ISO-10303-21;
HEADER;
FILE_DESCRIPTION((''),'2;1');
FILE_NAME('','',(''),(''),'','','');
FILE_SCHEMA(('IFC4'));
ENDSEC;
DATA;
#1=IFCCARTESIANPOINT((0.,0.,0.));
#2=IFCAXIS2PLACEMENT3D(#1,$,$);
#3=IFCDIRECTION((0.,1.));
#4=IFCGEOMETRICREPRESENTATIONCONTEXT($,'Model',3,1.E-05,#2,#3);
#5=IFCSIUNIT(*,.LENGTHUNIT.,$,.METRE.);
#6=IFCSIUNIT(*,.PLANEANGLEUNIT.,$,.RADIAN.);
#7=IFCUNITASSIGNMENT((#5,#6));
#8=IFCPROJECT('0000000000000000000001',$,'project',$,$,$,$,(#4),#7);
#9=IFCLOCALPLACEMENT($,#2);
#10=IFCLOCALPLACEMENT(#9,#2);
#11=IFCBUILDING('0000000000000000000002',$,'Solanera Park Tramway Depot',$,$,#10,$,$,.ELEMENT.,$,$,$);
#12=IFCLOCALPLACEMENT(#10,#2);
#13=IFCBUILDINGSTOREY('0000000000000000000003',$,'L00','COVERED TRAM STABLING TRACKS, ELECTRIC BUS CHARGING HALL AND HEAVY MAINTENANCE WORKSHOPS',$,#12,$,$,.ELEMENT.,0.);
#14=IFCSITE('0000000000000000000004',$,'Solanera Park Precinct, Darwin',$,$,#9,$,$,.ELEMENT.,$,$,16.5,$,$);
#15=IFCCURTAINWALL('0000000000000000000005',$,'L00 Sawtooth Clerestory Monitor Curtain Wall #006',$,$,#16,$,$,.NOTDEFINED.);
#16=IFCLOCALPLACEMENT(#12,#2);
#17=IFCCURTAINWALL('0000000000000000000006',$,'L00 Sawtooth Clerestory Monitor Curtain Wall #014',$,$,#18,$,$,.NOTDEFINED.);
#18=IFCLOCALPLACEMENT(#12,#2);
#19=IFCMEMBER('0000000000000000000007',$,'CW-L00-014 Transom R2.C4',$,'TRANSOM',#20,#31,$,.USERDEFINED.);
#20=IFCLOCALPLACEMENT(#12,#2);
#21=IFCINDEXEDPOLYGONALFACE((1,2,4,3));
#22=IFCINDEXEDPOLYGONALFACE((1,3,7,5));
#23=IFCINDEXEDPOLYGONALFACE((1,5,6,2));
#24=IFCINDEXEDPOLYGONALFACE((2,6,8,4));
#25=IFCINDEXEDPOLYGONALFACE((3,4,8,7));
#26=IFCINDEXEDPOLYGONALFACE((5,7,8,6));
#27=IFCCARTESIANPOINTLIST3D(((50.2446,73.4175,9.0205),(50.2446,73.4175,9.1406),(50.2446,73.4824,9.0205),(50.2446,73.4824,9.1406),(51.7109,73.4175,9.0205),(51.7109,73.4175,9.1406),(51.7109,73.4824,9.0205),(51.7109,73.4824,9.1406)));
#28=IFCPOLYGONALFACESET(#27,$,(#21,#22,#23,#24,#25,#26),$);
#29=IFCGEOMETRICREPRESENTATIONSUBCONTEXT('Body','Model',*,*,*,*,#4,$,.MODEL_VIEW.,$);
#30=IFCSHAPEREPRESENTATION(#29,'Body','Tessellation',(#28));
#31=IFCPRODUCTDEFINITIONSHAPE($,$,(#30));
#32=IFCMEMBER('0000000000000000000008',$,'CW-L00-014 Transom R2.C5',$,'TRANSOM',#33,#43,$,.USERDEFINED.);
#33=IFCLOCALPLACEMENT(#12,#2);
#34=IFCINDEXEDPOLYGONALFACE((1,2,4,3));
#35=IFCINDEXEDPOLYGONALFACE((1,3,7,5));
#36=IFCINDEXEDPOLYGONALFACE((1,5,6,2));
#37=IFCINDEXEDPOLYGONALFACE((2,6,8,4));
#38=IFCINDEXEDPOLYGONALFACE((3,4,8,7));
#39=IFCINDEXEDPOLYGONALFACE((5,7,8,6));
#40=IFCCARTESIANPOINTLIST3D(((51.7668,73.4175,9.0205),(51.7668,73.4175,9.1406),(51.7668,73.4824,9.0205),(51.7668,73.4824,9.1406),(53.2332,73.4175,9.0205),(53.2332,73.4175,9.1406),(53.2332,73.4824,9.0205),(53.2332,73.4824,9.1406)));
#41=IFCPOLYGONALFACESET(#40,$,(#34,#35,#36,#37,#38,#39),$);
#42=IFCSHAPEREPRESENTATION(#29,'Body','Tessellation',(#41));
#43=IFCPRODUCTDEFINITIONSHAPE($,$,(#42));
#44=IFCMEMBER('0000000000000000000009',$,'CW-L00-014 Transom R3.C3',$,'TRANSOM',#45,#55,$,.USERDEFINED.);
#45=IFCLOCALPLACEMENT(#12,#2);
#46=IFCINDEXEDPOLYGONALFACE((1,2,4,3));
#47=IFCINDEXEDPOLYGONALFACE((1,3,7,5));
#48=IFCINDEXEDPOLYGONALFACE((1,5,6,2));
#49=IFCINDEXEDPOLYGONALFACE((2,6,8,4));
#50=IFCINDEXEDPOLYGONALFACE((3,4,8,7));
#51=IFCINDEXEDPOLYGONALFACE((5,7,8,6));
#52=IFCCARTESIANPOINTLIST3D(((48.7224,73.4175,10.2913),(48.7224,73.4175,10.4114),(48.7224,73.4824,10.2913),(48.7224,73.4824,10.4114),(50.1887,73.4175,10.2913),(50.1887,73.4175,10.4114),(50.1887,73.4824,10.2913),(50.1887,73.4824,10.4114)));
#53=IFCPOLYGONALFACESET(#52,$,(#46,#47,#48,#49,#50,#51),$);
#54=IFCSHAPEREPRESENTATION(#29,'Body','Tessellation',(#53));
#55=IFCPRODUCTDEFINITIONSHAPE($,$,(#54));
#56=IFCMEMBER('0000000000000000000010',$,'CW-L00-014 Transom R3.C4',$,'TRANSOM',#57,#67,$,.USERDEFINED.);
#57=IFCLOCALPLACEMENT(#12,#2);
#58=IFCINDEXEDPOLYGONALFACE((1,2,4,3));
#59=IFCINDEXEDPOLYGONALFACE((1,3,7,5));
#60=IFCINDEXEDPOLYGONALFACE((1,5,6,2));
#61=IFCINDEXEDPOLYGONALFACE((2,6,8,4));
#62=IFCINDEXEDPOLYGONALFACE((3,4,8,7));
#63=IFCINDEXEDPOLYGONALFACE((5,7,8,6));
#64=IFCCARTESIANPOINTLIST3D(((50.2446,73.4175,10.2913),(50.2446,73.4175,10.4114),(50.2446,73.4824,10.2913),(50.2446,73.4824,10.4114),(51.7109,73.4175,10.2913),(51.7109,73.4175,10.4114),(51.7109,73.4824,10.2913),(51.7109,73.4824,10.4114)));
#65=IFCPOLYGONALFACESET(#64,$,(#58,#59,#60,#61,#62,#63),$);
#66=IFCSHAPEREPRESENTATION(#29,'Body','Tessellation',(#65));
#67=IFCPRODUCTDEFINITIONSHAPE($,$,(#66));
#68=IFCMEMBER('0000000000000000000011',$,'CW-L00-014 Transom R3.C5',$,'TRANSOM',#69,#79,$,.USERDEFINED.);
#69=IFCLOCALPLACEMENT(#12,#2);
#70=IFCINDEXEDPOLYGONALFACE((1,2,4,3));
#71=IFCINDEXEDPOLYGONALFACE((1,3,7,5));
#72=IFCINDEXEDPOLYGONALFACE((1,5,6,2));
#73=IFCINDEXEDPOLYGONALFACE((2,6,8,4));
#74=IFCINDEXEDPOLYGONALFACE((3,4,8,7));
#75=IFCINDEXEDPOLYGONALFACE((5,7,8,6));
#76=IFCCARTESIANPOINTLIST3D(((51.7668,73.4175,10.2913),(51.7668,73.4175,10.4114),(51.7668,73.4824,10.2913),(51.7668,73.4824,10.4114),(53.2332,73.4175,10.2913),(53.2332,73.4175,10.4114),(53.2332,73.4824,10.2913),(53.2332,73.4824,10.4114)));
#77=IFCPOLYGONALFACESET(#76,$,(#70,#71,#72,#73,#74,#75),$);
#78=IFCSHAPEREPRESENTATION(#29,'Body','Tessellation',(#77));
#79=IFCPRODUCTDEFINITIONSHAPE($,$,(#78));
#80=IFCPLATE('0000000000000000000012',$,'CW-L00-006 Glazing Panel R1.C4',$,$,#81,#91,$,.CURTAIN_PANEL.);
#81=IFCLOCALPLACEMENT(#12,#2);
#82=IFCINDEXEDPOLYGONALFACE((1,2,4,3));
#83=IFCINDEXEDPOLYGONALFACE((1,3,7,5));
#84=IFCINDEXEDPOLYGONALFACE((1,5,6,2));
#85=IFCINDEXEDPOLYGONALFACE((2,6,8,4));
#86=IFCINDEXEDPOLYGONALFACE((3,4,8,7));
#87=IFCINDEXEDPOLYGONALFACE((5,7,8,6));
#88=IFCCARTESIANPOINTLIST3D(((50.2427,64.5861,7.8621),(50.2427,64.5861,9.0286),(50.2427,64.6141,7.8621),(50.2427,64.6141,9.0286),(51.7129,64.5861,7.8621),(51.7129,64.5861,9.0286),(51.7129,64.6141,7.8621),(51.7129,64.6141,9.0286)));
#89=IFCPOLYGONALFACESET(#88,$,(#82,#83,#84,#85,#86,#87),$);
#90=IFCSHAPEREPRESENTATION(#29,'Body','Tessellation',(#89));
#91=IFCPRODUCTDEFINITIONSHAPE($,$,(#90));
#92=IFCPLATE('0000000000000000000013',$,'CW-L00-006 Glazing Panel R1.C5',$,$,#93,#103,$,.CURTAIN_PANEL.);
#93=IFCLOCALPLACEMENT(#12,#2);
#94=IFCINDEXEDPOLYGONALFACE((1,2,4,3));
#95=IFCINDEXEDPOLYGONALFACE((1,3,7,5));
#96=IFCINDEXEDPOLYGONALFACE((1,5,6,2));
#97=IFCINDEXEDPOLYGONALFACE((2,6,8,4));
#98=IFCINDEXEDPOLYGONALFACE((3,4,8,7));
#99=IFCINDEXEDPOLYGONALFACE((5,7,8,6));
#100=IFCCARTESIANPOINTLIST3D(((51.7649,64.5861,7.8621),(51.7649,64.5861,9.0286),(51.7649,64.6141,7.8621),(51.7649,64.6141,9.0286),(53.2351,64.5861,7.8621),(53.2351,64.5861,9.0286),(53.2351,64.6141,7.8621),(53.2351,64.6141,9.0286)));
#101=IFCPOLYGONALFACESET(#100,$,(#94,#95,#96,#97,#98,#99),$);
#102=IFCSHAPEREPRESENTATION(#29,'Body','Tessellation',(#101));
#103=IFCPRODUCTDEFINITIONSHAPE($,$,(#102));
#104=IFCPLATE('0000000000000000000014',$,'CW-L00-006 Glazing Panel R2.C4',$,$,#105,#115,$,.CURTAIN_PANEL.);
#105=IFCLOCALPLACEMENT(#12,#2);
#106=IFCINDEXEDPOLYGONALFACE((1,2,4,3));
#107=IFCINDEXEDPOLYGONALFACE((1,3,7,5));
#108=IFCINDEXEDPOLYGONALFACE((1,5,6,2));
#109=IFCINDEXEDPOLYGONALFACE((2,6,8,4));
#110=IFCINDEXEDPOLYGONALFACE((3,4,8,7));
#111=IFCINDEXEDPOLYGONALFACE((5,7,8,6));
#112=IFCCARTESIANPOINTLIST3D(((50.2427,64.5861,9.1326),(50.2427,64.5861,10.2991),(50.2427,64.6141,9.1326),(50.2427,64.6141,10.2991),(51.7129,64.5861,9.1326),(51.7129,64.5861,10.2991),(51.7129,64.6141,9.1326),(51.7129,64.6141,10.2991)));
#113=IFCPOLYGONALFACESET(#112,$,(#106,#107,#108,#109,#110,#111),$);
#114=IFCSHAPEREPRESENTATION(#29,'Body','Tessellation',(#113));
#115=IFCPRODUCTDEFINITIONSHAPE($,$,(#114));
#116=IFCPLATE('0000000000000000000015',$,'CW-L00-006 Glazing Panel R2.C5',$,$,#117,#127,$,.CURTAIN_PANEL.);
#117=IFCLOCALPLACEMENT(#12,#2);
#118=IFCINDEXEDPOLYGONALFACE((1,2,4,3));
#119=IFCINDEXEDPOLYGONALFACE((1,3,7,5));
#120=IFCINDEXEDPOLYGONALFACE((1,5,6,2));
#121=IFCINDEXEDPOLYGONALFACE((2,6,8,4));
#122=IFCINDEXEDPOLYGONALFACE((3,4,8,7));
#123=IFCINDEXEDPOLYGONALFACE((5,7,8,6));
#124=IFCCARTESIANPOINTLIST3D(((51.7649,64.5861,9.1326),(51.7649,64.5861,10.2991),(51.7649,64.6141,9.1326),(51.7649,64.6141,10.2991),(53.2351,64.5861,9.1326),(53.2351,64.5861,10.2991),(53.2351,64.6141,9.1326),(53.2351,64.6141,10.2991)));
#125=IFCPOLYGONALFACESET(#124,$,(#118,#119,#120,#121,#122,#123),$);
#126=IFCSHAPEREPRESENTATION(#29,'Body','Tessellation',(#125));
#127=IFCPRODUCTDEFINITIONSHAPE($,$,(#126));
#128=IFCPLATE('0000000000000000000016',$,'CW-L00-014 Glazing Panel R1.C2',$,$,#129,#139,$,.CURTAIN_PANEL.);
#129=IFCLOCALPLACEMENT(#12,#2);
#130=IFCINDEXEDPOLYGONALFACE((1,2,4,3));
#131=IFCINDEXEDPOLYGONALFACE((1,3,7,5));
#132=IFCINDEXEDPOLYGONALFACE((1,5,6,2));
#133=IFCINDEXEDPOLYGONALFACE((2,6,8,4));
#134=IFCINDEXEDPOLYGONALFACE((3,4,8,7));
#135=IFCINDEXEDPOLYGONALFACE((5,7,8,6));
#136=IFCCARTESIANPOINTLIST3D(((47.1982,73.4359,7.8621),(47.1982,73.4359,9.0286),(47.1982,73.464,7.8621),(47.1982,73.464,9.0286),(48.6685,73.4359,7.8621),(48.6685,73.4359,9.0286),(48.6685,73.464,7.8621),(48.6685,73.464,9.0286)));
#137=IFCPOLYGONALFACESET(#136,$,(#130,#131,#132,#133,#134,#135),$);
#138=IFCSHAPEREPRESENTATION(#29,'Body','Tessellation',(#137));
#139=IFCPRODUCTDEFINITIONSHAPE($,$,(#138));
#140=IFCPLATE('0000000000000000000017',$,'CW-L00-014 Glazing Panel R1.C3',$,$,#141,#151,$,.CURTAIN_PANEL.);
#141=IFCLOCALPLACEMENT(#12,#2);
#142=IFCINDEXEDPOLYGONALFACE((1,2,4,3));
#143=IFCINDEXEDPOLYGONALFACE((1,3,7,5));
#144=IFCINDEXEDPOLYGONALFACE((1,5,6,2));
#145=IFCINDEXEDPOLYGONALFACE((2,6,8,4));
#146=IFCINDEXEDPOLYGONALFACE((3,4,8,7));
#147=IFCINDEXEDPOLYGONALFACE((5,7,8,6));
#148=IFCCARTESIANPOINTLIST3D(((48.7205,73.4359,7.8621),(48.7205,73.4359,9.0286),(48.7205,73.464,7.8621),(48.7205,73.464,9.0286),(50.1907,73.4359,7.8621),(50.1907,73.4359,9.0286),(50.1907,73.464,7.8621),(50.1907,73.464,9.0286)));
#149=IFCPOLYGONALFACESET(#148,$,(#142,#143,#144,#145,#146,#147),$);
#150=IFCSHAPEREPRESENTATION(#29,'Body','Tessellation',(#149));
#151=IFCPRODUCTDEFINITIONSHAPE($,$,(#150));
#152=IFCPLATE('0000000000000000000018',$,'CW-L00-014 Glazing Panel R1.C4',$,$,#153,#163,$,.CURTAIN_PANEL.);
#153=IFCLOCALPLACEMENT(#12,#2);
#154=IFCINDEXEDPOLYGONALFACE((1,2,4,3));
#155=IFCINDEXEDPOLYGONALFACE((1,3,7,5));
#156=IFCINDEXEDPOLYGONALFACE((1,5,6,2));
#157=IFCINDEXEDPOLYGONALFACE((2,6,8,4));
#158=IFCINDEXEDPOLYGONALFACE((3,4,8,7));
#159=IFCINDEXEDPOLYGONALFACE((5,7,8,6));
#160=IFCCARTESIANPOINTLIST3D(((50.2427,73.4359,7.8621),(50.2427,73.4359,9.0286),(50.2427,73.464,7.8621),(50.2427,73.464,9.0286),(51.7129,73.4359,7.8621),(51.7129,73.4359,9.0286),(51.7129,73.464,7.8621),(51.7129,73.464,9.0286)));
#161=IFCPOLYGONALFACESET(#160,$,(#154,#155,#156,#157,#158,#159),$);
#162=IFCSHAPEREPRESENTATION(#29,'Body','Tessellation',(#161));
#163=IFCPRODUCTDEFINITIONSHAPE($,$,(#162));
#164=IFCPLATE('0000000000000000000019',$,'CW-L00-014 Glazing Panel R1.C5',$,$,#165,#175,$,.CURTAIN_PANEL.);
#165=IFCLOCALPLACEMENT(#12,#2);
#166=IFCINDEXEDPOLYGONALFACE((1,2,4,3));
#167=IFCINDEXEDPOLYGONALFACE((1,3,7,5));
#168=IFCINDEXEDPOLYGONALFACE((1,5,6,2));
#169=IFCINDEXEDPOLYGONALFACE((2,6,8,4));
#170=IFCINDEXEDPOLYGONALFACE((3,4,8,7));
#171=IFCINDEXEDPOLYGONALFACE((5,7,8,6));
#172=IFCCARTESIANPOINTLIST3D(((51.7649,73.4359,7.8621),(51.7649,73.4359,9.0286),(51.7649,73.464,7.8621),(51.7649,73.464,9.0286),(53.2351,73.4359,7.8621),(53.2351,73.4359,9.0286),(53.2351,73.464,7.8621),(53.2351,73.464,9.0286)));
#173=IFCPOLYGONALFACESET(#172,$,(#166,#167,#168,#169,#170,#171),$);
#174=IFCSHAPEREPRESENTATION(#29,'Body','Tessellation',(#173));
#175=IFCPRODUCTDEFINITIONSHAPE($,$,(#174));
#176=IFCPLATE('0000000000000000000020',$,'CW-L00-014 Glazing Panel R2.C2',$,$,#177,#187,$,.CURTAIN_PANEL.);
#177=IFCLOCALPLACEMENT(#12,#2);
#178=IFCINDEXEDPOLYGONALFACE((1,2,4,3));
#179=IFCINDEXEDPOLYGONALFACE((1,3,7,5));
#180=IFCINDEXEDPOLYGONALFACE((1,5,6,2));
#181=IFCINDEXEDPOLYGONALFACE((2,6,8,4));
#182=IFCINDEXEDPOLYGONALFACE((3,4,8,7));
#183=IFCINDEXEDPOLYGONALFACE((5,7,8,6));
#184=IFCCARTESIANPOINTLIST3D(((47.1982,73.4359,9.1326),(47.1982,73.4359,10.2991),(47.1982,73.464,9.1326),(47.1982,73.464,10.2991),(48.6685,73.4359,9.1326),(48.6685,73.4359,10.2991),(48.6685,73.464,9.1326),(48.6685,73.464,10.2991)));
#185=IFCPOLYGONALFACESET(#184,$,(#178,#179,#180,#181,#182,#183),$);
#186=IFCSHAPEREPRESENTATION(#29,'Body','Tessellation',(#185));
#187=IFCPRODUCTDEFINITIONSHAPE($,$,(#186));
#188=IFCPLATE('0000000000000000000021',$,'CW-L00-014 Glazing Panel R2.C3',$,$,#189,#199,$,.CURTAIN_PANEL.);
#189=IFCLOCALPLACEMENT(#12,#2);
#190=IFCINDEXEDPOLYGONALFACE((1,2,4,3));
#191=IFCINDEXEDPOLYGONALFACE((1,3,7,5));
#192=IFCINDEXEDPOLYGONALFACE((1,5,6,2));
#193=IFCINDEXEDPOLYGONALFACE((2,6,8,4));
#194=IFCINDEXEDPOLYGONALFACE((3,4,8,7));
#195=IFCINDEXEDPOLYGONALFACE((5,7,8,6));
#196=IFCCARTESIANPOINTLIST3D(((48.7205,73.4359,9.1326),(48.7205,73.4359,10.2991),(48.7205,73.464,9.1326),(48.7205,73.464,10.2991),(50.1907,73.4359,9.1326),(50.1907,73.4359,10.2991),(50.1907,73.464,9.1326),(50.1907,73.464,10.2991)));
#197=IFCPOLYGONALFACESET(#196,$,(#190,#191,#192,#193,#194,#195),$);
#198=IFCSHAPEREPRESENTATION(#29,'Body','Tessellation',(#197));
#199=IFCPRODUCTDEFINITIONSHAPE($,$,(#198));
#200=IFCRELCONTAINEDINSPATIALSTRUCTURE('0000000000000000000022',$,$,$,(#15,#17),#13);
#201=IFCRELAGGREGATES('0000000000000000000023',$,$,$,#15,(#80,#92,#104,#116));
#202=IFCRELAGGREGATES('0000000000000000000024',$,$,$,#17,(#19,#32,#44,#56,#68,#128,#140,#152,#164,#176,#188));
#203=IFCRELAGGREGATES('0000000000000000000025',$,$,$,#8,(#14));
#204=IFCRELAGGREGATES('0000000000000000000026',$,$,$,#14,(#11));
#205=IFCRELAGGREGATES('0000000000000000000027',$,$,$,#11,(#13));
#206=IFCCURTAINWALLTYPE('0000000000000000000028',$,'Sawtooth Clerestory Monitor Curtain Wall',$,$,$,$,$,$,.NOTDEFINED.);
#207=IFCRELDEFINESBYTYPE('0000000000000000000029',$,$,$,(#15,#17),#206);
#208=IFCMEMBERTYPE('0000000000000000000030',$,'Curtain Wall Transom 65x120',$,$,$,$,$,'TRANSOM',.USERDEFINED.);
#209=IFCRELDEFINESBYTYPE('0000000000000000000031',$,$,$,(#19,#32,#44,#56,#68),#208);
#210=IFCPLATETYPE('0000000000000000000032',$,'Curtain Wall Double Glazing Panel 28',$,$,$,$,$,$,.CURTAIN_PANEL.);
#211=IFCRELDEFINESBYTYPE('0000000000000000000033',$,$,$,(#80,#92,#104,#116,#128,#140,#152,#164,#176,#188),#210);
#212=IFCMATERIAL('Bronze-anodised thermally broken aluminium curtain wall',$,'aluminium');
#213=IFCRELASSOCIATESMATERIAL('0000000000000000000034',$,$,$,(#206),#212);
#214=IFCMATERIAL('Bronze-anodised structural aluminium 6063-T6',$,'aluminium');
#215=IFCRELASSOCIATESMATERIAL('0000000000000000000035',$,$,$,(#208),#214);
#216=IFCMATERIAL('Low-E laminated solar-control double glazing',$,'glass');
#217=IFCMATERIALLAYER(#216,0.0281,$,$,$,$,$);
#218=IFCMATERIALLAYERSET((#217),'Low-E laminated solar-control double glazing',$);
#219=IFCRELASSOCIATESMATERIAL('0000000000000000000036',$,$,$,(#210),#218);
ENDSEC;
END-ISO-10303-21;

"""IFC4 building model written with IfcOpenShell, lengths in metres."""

from ifc_helpers import new_model, si_unit, direction, frame, origin, origin_2d, place, context, subcontext, project, spatial, rectangle, extrude, material, layer, layer_set, material_profile, profile_set, type_object, element, aggregate, save


model = new_model("IFC4")

# Units and contexts
model_context = context("Model", 3, precision=1e-05, world=origin(), true_north=direction((0.0, 1.0)))
body_context = subcontext(model_context, "Body", "Model", "MODEL_VIEW")
ifc_project = project(units=[si_unit("LENGTHUNIT", "METRE"), si_unit("PLANEANGLEUNIT", "RADIAN")], contexts=[model_context])

# Site, building, storey
site_placement = place(None, origin())
site = spatial("IfcSite", under=ifc_project, at=site_placement, Name="Solanera Park Precinct, Darwin", CompositionType="ELEMENT", RefElevation=16.5)
building_placement = place(site_placement, origin())
building = spatial("IfcBuilding", under=site, at=building_placement, Name="Solanera Park Tramway Depot", CompositionType="ELEMENT")
storey_placement = place(building_placement, origin())
storey = spatial("IfcBuildingStorey", under=building, at=storey_placement, Name="L00", Description="COVERED TRAM STABLING TRACKS, ELECTRIC BUS CHARGING HALL AND HEAVY MAINTENANCE WORKSHOPS", CompositionType="ELEMENT", Elevation=0.0)

# Curtain walls
ifc_material_1 = material(Name="Bronze-anodised thermally broken aluminium curtain wall", Category="aluminium")
curtain_wall_type = type_object("IfcCurtainWallType", Name="Sawtooth Clerestory Monitor Curtain Wall", PredefinedType="NOTDEFINED", material=ifc_material_1)
curtain_wall_1_placement = place(storey_placement, origin())
curtain_wall_1 = element("IfcCurtainWall", 1, at=curtain_wall_1_placement, inside=storey, type_object=curtain_wall_type, Name="L00 Sawtooth Clerestory Monitor Curtain Wall #006", PredefinedType="NOTDEFINED")
curtain_wall_2_placement = place(storey_placement, origin())
curtain_wall_2 = element("IfcCurtainWall", 2, at=curtain_wall_2_placement, inside=storey, type_object=curtain_wall_type, Name="L00 Sawtooth Clerestory Monitor Curtain Wall #014", PredefinedType="NOTDEFINED")

# Members
ifc_material_2 = material(Name="Bronze-anodised structural aluminium 6063-T6", Category="aluminium")
ifc_material_profile_1 = material_profile(ifc_material_2, rectangle(XDim=0.0649, YDim=0.1201, at=origin_2d()), Name="Curtain Wall Transom 65x120")
ifc_profile_set_1 = profile_set([ifc_material_profile_1], Name="Bronze-anodised structural aluminium 6063-T6")
member_type_1 = type_object("IfcMemberType", Name="Curtain Wall Transom 65x120", ElementType="TRANSOM", PredefinedType="USERDEFINED", material=ifc_profile_set_1)
member_1_placement = place(storey_placement, frame((50.2446, 73.45, 9.0806), z_axis=(1.0, 0.0, 0.0), x_axis=(0.0, 1.0, 0.0)))
member_1 = element("IfcMember", 3, at=member_1_placement, type_object=member_type_1, Name="CW-L00-014 Transom R2.C4", ObjectType="TRANSOM", PredefinedType="USERDEFINED", context=body_context, shape_type="SweptSolid", body=[
    extrude(rectangle(XDim=0.0649, YDim=0.1201, at=origin_2d()), origin(), (0.0, 0.0, 1.0), 1.4663),
])
member_2_placement = place(storey_placement, frame((51.7668, 73.45, 9.0806), z_axis=(1.0, 0.0, 0.0), x_axis=(0.0, 1.0, 0.0)))
member_2 = element("IfcMember", 4, at=member_2_placement, type_object=member_type_1, Name="CW-L00-014 Transom R2.C5", ObjectType="TRANSOM", PredefinedType="USERDEFINED", context=body_context, shape_type="SweptSolid", body=[
    extrude(rectangle(XDim=0.0649, YDim=0.1201, at=origin_2d()), origin(), (0.0, 0.0, 1.0), 1.4663),
])
member_3_placement = place(storey_placement, frame((48.7224, 73.45, 10.3513), z_axis=(1.0, 0.0, 0.0), x_axis=(0.0, 1.0, 0.0)))
member_3 = element("IfcMember", 5, at=member_3_placement, type_object=member_type_1, Name="CW-L00-014 Transom R3.C3", ObjectType="TRANSOM", PredefinedType="USERDEFINED", context=body_context, shape_type="SweptSolid", body=[
    extrude(rectangle(XDim=0.0649, YDim=0.1201, at=origin_2d()), origin(), (0.0, 0.0, 1.0), 1.4663),
])
member_4_placement = place(storey_placement, frame((50.2446, 73.45, 10.3513), z_axis=(1.0, 0.0, 0.0), x_axis=(0.0, 1.0, 0.0)))
member_4 = element("IfcMember", 6, at=member_4_placement, type_object=member_type_1, Name="CW-L00-014 Transom R3.C4", ObjectType="TRANSOM", PredefinedType="USERDEFINED", context=body_context, shape_type="SweptSolid", body=[
    extrude(rectangle(XDim=0.0649, YDim=0.1201, at=origin_2d()), origin(), (0.0, 0.0, 1.0), 1.4663),
])
member_5_placement = place(storey_placement, frame((51.7668, 73.45, 10.3513), z_axis=(1.0, 0.0, 0.0), x_axis=(0.0, 1.0, 0.0)))
member_5 = element("IfcMember", 7, at=member_5_placement, type_object=member_type_1, Name="CW-L00-014 Transom R3.C5", ObjectType="TRANSOM", PredefinedType="USERDEFINED", context=body_context, shape_type="SweptSolid", body=[
    extrude(rectangle(XDim=0.0649, YDim=0.1201, at=origin_2d()), origin(), (0.0, 0.0, 1.0), 1.4663),
])

# Plates
ifc_material_3 = material(Name="Low-E laminated solar-control double glazing", Category="glass")
ifc_layer = layer(ifc_material_3, 0.0281)
ifc_layer_set = layer_set([ifc_layer], Name="Low-E laminated solar-control double glazing")
plate_type = type_object("IfcPlateType", Name="Curtain Wall Double Glazing Panel 28", PredefinedType="CURTAIN_PANEL", material=ifc_layer_set)
plate_1_placement = place(storey_placement, frame((50.9778, 64.6001, 7.8621), z_axis=(0.0, 0.0, 1.0), x_axis=(1.0, 0.0, 0.0)))
plate_1 = element("IfcPlate", 8, at=plate_1_placement, type_object=plate_type, Name="CW-L00-006 Glazing Panel R1.C4", PredefinedType="CURTAIN_PANEL", context=body_context, shape_type="SweptSolid", body=[
    extrude(rectangle(XDim=1.4702, YDim=0.0281, at=origin_2d()), origin(), (0.0, 0.0, 1.0), 1.1665),
])
plate_2_placement = place(storey_placement, frame((52.5, 64.6001, 7.8621), z_axis=(0.0, 0.0, 1.0), x_axis=(1.0, 0.0, 0.0)))
plate_2 = element("IfcPlate", 9, at=plate_2_placement, type_object=plate_type, Name="CW-L00-006 Glazing Panel R1.C5", PredefinedType="CURTAIN_PANEL", context=body_context, shape_type="SweptSolid", body=[
    extrude(rectangle(XDim=1.4702, YDim=0.0281, at=origin_2d()), origin(), (0.0, 0.0, 1.0), 1.1665),
])
plate_3_placement = place(storey_placement, frame((50.9778, 64.6001, 9.1326), z_axis=(0.0, 0.0, 1.0), x_axis=(1.0, 0.0, 0.0)))
plate_3 = element("IfcPlate", 10, at=plate_3_placement, type_object=plate_type, Name="CW-L00-006 Glazing Panel R2.C4", PredefinedType="CURTAIN_PANEL", context=body_context, shape_type="SweptSolid", body=[
    extrude(rectangle(XDim=1.4702, YDim=0.0281, at=origin_2d()), origin(), (0.0, 0.0, 1.0), 1.1665),
])
plate_4_placement = place(storey_placement, frame((52.5, 64.6001, 9.1326), z_axis=(0.0, 0.0, 1.0), x_axis=(1.0, 0.0, 0.0)))
plate_4 = element("IfcPlate", 11, at=plate_4_placement, type_object=plate_type, Name="CW-L00-006 Glazing Panel R2.C5", PredefinedType="CURTAIN_PANEL", context=body_context, shape_type="SweptSolid", body=[
    extrude(rectangle(XDim=1.4702, YDim=0.0281, at=origin_2d()), origin(), (0.0, 0.0, 1.0), 1.1665),
])
aggregate(curtain_wall_1, [plate_1, plate_2, plate_3, plate_4])
plate_5_placement = place(storey_placement, frame((47.9333, 73.45, 7.8621), z_axis=(0.0, 0.0, 1.0), x_axis=(1.0, 0.0, 0.0)))
plate_5 = element("IfcPlate", 12, at=plate_5_placement, type_object=plate_type, Name="CW-L00-014 Glazing Panel R1.C2", PredefinedType="CURTAIN_PANEL", context=body_context, shape_type="SweptSolid", body=[
    extrude(rectangle(XDim=1.4702, YDim=0.0281, at=origin_2d()), origin(), (0.0, 0.0, 1.0), 1.1665),
])
plate_6_placement = place(storey_placement, frame((49.4556, 73.45, 7.8621), z_axis=(0.0, 0.0, 1.0), x_axis=(1.0, 0.0, 0.0)))
plate_6 = element("IfcPlate", 13, at=plate_6_placement, type_object=plate_type, Name="CW-L00-014 Glazing Panel R1.C3", PredefinedType="CURTAIN_PANEL", context=body_context, shape_type="SweptSolid", body=[
    extrude(rectangle(XDim=1.4702, YDim=0.0281, at=origin_2d()), origin(), (0.0, 0.0, 1.0), 1.1665),
])
plate_7_placement = place(storey_placement, frame((50.9778, 73.45, 7.8621), z_axis=(0.0, 0.0, 1.0), x_axis=(1.0, 0.0, 0.0)))
plate_7 = element("IfcPlate", 14, at=plate_7_placement, type_object=plate_type, Name="CW-L00-014 Glazing Panel R1.C4", PredefinedType="CURTAIN_PANEL", context=body_context, shape_type="SweptSolid", body=[
    extrude(rectangle(XDim=1.4702, YDim=0.0281, at=origin_2d()), origin(), (0.0, 0.0, 1.0), 1.1665),
])
plate_8_placement = place(storey_placement, frame((52.5, 73.45, 7.8621), z_axis=(0.0, 0.0, 1.0), x_axis=(1.0, 0.0, 0.0)))
plate_8 = element("IfcPlate", 15, at=plate_8_placement, type_object=plate_type, Name="CW-L00-014 Glazing Panel R1.C5", PredefinedType="CURTAIN_PANEL", context=body_context, shape_type="SweptSolid", body=[
    extrude(rectangle(XDim=1.4702, YDim=0.0281, at=origin_2d()), origin(), (0.0, 0.0, 1.0), 1.1665),
])
plate_9_placement = place(storey_placement, frame((47.9333, 73.45, 9.1326), z_axis=(0.0, 0.0, 1.0), x_axis=(1.0, 0.0, 0.0)))
plate_9 = element("IfcPlate", 16, at=plate_9_placement, type_object=plate_type, Name="CW-L00-014 Glazing Panel R2.C2", PredefinedType="CURTAIN_PANEL", context=body_context, shape_type="SweptSolid", body=[
    extrude(rectangle(XDim=1.4702, YDim=0.0281, at=origin_2d()), origin(), (0.0, 0.0, 1.0), 1.1665),
])
plate_10_placement = place(storey_placement, frame((49.4556, 73.45, 9.1326), z_axis=(0.0, 0.0, 1.0), x_axis=(1.0, 0.0, 0.0)))
plate_10 = element("IfcPlate", 17, at=plate_10_placement, type_object=plate_type, Name="CW-L00-014 Glazing Panel R2.C3", PredefinedType="CURTAIN_PANEL", context=body_context, shape_type="SweptSolid", body=[
    extrude(rectangle(XDim=1.4702, YDim=0.0281, at=origin_2d()), origin(), (0.0, 0.0, 1.0), 1.1665),
])
aggregate(curtain_wall_2, [member_1, member_2, member_3, member_4, member_5, plate_5, plate_6, plate_7, plate_8, plate_9, plate_10])

save(model, "model.ifc")
